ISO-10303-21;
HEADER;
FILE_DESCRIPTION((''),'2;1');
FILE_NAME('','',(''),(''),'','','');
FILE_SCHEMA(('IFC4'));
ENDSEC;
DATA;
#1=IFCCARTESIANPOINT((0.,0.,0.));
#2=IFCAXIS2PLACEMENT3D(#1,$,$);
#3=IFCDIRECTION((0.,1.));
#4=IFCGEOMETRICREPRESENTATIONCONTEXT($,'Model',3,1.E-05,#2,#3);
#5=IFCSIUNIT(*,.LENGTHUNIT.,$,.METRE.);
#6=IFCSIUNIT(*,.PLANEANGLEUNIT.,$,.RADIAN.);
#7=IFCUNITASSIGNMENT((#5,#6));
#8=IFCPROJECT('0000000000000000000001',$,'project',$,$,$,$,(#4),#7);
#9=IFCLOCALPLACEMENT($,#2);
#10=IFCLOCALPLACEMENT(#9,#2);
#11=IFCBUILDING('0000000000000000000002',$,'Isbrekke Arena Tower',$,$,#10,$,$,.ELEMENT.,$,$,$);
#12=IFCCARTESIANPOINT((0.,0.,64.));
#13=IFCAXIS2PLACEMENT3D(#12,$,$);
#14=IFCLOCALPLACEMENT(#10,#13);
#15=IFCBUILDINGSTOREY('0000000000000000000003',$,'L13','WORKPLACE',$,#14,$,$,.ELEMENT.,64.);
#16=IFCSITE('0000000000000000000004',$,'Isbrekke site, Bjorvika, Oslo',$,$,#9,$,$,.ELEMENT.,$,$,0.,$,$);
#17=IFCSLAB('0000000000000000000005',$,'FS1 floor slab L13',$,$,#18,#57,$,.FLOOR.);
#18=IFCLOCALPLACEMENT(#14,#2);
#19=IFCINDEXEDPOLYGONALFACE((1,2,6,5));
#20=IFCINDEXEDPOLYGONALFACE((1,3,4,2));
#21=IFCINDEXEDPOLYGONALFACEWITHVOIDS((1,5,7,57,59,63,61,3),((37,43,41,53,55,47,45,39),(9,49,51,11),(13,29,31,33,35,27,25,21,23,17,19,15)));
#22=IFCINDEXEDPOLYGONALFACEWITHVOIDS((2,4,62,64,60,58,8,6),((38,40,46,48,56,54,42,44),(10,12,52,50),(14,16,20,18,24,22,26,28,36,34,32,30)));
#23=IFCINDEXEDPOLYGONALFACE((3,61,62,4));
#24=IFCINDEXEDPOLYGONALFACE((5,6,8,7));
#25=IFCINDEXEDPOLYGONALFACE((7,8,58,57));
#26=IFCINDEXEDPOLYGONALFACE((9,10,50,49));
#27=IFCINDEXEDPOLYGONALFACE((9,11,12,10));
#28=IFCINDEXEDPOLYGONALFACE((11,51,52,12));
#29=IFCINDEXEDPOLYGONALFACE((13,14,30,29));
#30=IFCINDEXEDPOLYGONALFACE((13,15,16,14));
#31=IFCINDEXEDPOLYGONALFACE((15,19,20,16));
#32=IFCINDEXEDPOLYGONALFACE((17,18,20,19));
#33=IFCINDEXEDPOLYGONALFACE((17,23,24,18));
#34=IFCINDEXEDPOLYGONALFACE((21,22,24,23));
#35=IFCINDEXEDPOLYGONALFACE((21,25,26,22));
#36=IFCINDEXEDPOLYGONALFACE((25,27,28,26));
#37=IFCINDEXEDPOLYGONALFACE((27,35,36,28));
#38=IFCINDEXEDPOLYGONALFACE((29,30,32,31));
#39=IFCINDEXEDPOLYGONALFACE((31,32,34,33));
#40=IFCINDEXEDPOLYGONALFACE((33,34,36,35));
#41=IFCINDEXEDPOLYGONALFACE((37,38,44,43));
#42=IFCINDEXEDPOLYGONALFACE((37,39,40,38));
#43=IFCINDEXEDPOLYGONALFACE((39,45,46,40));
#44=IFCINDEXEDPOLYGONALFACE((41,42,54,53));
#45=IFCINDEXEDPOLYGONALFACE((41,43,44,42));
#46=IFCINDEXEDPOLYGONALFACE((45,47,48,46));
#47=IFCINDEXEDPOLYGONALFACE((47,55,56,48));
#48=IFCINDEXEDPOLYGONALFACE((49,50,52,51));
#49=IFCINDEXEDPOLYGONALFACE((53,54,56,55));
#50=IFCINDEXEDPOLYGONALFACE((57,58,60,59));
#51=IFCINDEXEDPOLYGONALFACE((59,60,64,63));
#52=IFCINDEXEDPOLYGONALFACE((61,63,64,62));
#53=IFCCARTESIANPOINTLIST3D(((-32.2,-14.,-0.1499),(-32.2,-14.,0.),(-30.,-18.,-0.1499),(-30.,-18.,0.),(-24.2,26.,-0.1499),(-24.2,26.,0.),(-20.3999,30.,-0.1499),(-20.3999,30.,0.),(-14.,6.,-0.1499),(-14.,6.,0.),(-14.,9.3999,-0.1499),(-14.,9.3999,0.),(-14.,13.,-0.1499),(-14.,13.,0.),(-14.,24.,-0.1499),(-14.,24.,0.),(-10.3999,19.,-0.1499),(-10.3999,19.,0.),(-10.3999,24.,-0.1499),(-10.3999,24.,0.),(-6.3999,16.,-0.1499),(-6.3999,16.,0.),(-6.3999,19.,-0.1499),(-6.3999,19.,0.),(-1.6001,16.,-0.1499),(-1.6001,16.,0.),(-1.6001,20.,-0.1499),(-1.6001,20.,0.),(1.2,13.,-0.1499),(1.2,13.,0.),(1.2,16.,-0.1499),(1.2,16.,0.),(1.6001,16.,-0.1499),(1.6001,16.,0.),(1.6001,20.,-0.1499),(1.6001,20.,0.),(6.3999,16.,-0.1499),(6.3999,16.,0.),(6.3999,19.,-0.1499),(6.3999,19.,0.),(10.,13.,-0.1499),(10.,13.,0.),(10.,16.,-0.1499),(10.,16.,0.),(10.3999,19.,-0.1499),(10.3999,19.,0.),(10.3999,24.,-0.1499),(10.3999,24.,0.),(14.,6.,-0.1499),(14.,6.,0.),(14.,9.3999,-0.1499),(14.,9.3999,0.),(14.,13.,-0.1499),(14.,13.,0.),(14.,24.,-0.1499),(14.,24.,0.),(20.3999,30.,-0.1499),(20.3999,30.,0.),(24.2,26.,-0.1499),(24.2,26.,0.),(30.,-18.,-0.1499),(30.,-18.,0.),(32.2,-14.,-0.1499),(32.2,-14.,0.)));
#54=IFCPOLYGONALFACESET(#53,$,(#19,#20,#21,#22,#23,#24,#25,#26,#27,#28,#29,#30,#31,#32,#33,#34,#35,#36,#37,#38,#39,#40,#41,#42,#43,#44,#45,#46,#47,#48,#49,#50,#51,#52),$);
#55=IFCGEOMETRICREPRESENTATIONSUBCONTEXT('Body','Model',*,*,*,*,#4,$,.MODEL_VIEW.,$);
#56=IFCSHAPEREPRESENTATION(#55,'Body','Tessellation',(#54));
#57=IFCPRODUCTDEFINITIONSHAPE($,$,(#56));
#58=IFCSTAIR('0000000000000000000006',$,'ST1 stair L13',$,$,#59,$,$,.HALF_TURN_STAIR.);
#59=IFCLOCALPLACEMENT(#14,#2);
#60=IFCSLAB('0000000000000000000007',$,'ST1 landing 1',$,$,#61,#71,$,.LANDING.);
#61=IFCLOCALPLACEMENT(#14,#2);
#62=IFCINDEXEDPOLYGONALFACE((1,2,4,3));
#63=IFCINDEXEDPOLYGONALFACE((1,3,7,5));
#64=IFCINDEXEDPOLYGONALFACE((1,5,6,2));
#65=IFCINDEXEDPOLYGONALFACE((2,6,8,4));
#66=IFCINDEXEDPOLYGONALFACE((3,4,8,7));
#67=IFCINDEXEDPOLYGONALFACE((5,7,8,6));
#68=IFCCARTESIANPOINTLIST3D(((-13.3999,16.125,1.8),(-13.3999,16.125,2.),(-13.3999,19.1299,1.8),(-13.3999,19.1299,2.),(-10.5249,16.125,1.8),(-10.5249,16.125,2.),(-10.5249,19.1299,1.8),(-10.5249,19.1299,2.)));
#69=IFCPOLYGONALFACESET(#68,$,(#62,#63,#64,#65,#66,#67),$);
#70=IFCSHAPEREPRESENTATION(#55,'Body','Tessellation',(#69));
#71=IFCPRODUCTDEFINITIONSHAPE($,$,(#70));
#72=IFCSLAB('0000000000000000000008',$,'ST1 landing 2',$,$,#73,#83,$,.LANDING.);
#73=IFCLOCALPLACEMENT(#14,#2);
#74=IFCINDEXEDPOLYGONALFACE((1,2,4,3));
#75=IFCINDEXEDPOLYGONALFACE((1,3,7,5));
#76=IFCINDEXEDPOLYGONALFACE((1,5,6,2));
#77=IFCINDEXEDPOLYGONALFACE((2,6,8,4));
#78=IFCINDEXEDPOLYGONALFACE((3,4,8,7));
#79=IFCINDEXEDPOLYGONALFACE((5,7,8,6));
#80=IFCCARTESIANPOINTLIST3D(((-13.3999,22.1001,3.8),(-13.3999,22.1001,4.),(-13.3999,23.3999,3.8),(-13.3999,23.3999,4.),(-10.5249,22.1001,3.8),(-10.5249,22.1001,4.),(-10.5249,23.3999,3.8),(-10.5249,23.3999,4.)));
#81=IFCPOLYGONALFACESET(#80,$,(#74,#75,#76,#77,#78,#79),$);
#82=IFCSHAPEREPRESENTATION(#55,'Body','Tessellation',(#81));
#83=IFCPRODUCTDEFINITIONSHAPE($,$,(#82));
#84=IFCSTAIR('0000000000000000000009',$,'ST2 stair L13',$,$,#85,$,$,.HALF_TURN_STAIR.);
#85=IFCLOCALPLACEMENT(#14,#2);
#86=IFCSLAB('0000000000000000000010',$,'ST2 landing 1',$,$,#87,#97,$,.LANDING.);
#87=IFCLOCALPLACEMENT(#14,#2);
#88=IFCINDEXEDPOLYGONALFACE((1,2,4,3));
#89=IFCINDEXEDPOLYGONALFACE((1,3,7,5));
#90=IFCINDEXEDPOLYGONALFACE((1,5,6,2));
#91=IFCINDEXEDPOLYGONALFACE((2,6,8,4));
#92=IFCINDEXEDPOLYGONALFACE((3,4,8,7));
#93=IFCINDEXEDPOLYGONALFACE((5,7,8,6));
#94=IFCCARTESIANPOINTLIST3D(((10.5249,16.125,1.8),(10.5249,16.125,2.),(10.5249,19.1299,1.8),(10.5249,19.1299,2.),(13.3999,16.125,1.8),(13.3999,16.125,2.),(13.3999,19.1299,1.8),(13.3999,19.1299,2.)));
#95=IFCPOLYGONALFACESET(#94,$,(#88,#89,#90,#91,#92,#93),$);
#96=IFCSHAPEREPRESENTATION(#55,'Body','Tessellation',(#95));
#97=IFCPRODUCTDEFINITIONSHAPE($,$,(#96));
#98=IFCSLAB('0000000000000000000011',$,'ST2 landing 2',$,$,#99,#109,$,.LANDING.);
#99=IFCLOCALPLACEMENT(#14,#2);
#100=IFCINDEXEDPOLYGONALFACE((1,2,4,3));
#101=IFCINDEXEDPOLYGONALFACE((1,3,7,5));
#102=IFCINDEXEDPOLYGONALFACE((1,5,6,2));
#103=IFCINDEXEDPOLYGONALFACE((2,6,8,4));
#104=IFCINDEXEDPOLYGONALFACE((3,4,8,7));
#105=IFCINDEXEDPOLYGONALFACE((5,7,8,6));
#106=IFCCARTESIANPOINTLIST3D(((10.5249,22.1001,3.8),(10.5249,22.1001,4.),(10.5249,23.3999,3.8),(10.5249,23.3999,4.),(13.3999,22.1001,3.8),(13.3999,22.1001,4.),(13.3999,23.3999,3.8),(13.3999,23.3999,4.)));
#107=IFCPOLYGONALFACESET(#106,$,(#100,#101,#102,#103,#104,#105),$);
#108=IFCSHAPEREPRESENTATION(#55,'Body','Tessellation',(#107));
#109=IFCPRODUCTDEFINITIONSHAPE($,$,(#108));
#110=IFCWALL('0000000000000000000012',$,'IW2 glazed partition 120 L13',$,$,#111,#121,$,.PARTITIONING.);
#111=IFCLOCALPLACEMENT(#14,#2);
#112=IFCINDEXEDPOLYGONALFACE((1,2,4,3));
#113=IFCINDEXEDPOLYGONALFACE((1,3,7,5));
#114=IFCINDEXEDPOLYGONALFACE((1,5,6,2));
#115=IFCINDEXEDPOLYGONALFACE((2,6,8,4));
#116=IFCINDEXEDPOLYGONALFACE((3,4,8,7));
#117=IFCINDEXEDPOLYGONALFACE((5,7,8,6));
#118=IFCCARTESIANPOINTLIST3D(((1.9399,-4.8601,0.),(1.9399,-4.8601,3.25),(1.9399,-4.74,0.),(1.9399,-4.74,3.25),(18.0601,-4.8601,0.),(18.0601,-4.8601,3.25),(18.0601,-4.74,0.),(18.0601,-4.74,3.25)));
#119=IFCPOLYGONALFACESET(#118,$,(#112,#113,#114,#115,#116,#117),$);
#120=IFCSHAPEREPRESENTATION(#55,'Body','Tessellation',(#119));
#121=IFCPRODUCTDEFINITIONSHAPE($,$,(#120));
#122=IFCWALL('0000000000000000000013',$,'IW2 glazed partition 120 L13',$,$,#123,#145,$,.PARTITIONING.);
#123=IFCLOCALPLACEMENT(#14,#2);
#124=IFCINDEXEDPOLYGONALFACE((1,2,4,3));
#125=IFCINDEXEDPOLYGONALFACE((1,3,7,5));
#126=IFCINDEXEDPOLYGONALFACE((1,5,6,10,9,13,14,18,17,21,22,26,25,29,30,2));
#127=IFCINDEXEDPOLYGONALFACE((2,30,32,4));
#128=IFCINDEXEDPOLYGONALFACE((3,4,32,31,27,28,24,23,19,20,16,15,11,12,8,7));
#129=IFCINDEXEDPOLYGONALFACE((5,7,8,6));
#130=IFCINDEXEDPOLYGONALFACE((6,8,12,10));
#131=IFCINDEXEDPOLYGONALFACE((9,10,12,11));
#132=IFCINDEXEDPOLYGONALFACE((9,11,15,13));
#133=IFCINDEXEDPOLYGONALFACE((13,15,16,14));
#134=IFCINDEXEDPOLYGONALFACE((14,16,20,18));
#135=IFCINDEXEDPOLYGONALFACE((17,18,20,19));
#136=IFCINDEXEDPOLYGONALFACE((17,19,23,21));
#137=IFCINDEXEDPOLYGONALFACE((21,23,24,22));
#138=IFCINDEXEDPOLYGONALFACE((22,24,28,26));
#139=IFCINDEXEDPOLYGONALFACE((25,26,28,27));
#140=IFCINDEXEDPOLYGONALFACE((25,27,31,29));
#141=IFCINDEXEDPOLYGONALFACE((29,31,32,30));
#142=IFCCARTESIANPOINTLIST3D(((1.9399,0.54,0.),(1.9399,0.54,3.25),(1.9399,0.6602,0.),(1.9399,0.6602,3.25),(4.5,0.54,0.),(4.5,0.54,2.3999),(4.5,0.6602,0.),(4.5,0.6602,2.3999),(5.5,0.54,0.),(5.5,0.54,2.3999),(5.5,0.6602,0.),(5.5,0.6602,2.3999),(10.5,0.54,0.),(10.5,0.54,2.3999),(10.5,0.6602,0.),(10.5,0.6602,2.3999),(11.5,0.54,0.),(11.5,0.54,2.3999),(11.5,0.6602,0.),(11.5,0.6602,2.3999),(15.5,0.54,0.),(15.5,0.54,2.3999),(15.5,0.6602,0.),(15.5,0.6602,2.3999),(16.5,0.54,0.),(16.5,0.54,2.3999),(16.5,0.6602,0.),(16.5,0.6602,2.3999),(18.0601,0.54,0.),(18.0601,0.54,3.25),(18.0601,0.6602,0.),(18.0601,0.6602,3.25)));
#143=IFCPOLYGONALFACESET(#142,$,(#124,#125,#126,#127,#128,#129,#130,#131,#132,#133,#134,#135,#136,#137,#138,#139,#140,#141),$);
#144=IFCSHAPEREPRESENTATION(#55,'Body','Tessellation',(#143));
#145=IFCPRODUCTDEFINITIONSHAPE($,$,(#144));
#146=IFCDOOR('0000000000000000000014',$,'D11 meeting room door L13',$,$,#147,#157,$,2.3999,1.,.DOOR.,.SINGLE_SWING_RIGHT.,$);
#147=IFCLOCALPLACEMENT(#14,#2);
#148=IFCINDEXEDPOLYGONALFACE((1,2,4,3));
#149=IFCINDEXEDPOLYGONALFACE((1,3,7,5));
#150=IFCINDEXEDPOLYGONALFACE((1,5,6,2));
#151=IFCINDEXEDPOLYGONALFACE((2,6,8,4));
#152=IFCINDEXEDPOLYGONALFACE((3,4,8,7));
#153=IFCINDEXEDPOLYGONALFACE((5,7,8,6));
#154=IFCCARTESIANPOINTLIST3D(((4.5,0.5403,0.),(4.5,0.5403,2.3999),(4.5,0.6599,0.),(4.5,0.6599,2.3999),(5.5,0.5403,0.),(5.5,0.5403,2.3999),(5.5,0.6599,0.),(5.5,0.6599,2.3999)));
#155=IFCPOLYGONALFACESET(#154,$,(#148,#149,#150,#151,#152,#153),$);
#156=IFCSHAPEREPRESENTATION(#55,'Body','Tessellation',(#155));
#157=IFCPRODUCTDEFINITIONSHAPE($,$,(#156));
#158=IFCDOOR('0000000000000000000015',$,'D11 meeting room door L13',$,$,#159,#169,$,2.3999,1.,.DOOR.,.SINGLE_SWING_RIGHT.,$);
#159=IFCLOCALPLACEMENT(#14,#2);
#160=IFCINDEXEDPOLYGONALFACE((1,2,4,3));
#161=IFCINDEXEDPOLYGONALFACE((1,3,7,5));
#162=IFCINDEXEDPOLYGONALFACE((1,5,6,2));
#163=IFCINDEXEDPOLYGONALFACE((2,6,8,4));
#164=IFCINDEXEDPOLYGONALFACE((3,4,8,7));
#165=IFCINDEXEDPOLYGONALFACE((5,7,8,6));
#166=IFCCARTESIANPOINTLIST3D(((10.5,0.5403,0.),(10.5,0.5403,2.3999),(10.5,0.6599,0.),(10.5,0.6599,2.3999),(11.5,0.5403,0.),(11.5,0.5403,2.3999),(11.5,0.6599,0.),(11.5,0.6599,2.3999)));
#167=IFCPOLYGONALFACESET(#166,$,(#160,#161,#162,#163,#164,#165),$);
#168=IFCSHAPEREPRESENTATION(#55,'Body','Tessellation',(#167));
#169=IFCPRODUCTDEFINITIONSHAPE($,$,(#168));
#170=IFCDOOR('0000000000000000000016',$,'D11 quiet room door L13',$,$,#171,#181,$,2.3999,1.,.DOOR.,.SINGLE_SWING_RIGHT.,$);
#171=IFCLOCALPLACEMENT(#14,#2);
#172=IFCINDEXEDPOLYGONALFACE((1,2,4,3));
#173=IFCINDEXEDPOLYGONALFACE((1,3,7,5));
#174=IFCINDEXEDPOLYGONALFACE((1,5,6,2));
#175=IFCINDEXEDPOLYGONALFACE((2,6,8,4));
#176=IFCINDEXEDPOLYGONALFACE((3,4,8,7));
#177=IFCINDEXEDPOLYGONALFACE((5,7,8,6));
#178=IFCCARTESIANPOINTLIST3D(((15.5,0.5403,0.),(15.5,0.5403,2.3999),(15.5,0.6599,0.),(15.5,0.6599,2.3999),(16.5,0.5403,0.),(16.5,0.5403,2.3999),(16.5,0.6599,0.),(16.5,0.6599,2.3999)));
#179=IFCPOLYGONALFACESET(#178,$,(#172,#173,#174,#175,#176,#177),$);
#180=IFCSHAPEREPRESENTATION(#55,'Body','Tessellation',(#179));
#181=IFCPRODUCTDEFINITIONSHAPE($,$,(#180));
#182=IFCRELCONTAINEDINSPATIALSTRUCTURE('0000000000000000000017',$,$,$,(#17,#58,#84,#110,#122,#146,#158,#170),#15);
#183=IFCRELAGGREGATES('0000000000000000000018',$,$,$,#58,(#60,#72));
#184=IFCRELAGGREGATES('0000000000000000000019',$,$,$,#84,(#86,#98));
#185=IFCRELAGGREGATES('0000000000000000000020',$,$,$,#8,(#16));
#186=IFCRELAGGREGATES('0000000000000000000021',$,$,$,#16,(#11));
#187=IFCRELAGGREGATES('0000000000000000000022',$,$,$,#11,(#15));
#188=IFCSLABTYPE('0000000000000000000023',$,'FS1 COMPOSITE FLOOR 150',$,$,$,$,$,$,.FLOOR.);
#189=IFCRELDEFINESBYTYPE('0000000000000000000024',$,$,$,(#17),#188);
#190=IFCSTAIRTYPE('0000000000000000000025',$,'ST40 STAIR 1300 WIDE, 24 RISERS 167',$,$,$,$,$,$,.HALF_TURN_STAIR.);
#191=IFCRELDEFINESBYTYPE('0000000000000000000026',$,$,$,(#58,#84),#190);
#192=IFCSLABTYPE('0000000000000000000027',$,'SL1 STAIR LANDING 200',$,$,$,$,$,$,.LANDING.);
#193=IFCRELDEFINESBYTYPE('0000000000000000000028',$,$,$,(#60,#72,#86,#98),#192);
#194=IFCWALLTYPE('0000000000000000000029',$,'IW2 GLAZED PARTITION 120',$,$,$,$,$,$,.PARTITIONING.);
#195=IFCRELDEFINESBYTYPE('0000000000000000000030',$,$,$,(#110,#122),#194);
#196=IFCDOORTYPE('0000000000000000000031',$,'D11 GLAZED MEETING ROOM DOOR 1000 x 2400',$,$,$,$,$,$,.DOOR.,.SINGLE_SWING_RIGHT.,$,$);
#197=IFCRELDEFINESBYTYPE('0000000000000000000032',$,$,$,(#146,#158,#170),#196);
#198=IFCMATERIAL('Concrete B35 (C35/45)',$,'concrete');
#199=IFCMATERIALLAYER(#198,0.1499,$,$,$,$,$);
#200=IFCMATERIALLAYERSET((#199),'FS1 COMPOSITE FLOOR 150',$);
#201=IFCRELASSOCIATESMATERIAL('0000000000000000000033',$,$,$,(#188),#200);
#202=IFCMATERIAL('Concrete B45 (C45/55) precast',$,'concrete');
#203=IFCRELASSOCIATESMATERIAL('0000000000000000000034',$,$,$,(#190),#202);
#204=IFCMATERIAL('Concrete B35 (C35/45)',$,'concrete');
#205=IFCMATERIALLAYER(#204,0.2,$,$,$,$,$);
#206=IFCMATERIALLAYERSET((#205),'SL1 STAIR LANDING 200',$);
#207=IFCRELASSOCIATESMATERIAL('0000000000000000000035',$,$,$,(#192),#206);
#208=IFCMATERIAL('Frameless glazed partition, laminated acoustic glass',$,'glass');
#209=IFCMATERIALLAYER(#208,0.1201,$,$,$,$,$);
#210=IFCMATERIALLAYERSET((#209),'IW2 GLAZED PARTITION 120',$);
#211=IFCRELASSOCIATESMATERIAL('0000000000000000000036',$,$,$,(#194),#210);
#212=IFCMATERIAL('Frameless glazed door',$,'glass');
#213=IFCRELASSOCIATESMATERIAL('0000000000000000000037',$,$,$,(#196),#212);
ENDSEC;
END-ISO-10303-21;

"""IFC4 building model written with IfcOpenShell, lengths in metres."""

from ifc_helpers import new_model, si_unit, direction, frame, frame_2d, origin, place, context, subcontext, project, spatial, polyline, rectangle, outline, extrude, material, layer, layer_set, type_object, element, fill, aggregate, save


model = new_model("IFC4")

# Units and contexts
model_context = context("Model", 3, precision=1e-05, world=origin(), true_north=direction((0.0, 1.0)))
body_context = subcontext(model_context, "Body", "Model", "MODEL_VIEW")
ifc_project = project(units=[si_unit("LENGTHUNIT", "METRE"), si_unit("PLANEANGLEUNIT", "RADIAN")], contexts=[model_context])

# Site, building, storey
site_placement = place(None, origin())
site = spatial("IfcSite", under=ifc_project, at=site_placement, Name="Isbrekke site, Bjorvika, Oslo", CompositionType="ELEMENT", RefElevation=0.0)
building_placement = place(site_placement, origin())
building = spatial("IfcBuilding", under=site, at=building_placement, Name="Isbrekke Arena Tower", CompositionType="ELEMENT")
storey_placement = place(building_placement, frame((0.0, 0.0, 64.0)))
storey = spatial("IfcBuildingStorey", under=building, at=storey_placement, Name="L13", Description="WORKPLACE", CompositionType="ELEMENT", Elevation=64.0)

# Slab
ifc_material_1 = material(Name="Concrete B35 (C35/45)", Category="concrete")
ifc_layer_1 = layer(ifc_material_1, 0.1499)
ifc_layer_set_1 = layer_set([ifc_layer_1], Name="FS1 COMPOSITE FLOOR 150")
slab_type_1 = type_object("IfcSlabType", Name="FS1 COMPOSITE FLOOR 150", PredefinedType="FLOOR", material=ifc_layer_set_1)
slab_1_placement = place(storey_placement, frame((0.0, 0.0, -0.1499)))
element("IfcSlab", 1, at=slab_1_placement, inside=storey, type_object=slab_type_1, Name="FS1 floor slab L13", PredefinedType="FLOOR", context=body_context, shape_type="SweptSolid", body=[
    extrude(outline(polyline([(-30.0, -18.0), (30.0, -18.0), (32.2, -14.0), (24.2, 26.0), (20.3999, 30.0), (-20.3999, 30.0), (-24.2, 26.0), (-32.2, -14.0), (-30.0, -18.0)]), holes=[polyline([(14.0, 9.3999), (14.0, 6.0), (-14.0, 6.0), (-14.0, 9.3999), (14.0, 9.3999)]), polyline([(-6.3999, 19.0), (-6.3999, 16.0), (-1.6001, 16.0), (-1.6001, 20.0), (1.6001, 20.0), (1.6001, 16.0), (1.2, 16.0), (1.2, 13.0), (-14.0, 13.0), (-14.0, 24.0), (-10.3999, 24.0), (-10.3999, 19.0), (-6.3999, 19.0)]), polyline([(10.0, 13.0), (10.0, 16.0), (6.3999, 16.0), (6.3999, 19.0), (10.3999, 19.0), (10.3999, 24.0), (14.0, 24.0), (14.0, 13.0), (10.0, 13.0)])]), origin(), (0.0, 0.0, 1.0), 0.1499),
])

# Stairs, slabs
ifc_material_2 = material(Name="Concrete B45 (C45/55) precast", Category="concrete")
stair_type = type_object("IfcStairType", Name="ST40 STAIR 1300 WIDE, 24 RISERS 167", PredefinedType="HALF_TURN_STAIR", material=ifc_material_2)
stair_1_placement = place(storey_placement, origin())
stair_1 = element("IfcStair", 2, at=stair_1_placement, inside=storey, type_object=stair_type, Name="ST1 stair L13", PredefinedType="HALF_TURN_STAIR")
ifc_material_3 = material(Name="Concrete B35 (C35/45)", Category="concrete")
ifc_layer_2 = layer(ifc_material_3, 0.2)
ifc_layer_set_2 = layer_set([ifc_layer_2], Name="SL1 STAIR LANDING 200")
slab_type_2 = type_object("IfcSlabType", Name="SL1 STAIR LANDING 200", PredefinedType="LANDING", material=ifc_layer_set_2)
slab_2_placement = place(storey_placement, frame((0.0, 0.0, 1.8)))
slab_2 = element("IfcSlab", 3, at=slab_2_placement, type_object=slab_type_2, Name="ST1 landing 1", PredefinedType="LANDING", context=body_context, shape_type="SweptSolid", body=[
    extrude(outline(polyline([(-13.3999, 16.125), (-10.5249, 16.125), (-10.5249, 19.1299), (-13.3999, 19.1299), (-13.3999, 16.125)])), origin(), (0.0, 0.0, 1.0), 0.2),
])
slab_3_placement = place(storey_placement, frame((0.0, 0.0, 3.8)))
slab_3 = element("IfcSlab", 4, at=slab_3_placement, type_object=slab_type_2, Name="ST1 landing 2", PredefinedType="LANDING", context=body_context, shape_type="SweptSolid", body=[
    extrude(outline(polyline([(-13.3999, 22.1001), (-10.5249, 22.1001), (-10.5249, 23.3999), (-13.3999, 23.3999), (-13.3999, 22.1001)])), origin(), (0.0, 0.0, 1.0), 0.2),
])
aggregate(stair_1, [slab_2, slab_3])
stair_2_placement = place(storey_placement, origin())
stair_2 = element("IfcStair", 5, at=stair_2_placement, inside=storey, type_object=stair_type, Name="ST2 stair L13", PredefinedType="HALF_TURN_STAIR")
slab_4_placement = place(storey_placement, frame((0.0, 0.0, 1.8)))
slab_4 = element("IfcSlab", 6, at=slab_4_placement, type_object=slab_type_2, Name="ST2 landing 1", PredefinedType="LANDING", context=body_context, shape_type="SweptSolid", body=[
    extrude(outline(polyline([(10.5249, 16.125), (13.3999, 16.125), (13.3999, 19.1299), (10.5249, 19.1299), (10.5249, 16.125)])), origin(), (0.0, 0.0, 1.0), 0.2),
])
slab_5_placement = place(storey_placement, frame((0.0, 0.0, 3.8)))
slab_5 = element("IfcSlab", 7, at=slab_5_placement, type_object=slab_type_2, Name="ST2 landing 2", PredefinedType="LANDING", context=body_context, shape_type="SweptSolid", body=[
    extrude(outline(polyline([(10.5249, 22.1001), (13.3999, 22.1001), (13.3999, 23.3999), (10.5249, 23.3999), (10.5249, 22.1001)])), origin(), (0.0, 0.0, 1.0), 0.2),
])
aggregate(stair_2, [slab_4, slab_5])

# Wall
ifc_material_4 = material(Name="Frameless glazed partition, laminated acoustic glass", Category="glass")
ifc_layer_3 = layer(ifc_material_4, 0.1201)
ifc_layer_set_3 = layer_set([ifc_layer_3], Name="IW2 GLAZED PARTITION 120")
wall_type_1 = type_object("IfcWallType", Name="IW2 GLAZED PARTITION 120", PredefinedType="PARTITIONING", material=ifc_layer_set_3)
wall_1_placement = place(storey_placement, frame((1.9399, -4.8, 0.0), z_axis=(0.0, 0.0, 1.0), x_axis=(1.0, 0.0, 0.0)))
element("IfcWall", 8, at=wall_1_placement, inside=storey, type_object=wall_type_1, Name="IW2 glazed partition 120 L13", PredefinedType="PARTITIONING", context=body_context, shape_type="SweptSolid", body=[
    extrude(rectangle(XDim=16.1201, YDim=0.1201, at=frame_2d((8.0601, 0.0))), origin(), (0.0, 0.0, 1.0), 3.25),
])

# Wall, openings, doors
wall_2_placement = place(storey_placement, frame((1.9399, 0.6001, 0.0), z_axis=(0.0, 0.0, 1.0), x_axis=(1.0, 0.0, 0.0)))
wall_2 = element("IfcWall", 9, at=wall_2_placement, inside=storey, type_object=wall_type_1, Name="IW2 glazed partition 120 L13", PredefinedType="PARTITIONING", context=body_context, shape_type="SweptSolid", body=[
    extrude(rectangle(XDim=16.1201, YDim=0.1201, at=frame_2d((8.0601, 0.0))), origin(), (0.0, 0.0, 1.0), 3.25),
])
opening_1_placement = place(wall_2_placement, frame((2.5601, 0.0, 0.0)))
opening_1 = element("IfcOpeningElement", 10, at=opening_1_placement, cuts=wall_2, PredefinedType="OPENING", context=body_context, shape_type="SweptSolid", body=[
    extrude(rectangle(XDim=1.0, YDim=2.3999, at=frame_2d((0.5, 1.2))), frame((0.0, 0.075, 0.0), z_axis=(0.0, -1.0, 0.0), x_axis=(1.0, 0.0, 0.0)), (0.0, 0.0, 1.0), 0.1499),
])
opening_2_placement = place(wall_2_placement, frame((8.5601, 0.0, 0.0)))
opening_2 = element("IfcOpeningElement", 11, at=opening_2_placement, cuts=wall_2, PredefinedType="OPENING", context=body_context, shape_type="SweptSolid", body=[
    extrude(rectangle(XDim=1.0, YDim=2.3999, at=frame_2d((0.5, 1.2))), frame((0.0, 0.075, 0.0), z_axis=(0.0, -1.0, 0.0), x_axis=(1.0, 0.0, 0.0)), (0.0, 0.0, 1.0), 0.1499),
])
opening_3_placement = place(wall_2_placement, frame((13.5601, 0.0, 0.0)))
opening_3 = element("IfcOpeningElement", 12, at=opening_3_placement, cuts=wall_2, PredefinedType="OPENING", context=body_context, shape_type="SweptSolid", body=[
    extrude(rectangle(XDim=1.0, YDim=2.3999, at=frame_2d((0.5, 1.2))), frame((0.0, 0.075, 0.0), z_axis=(0.0, -1.0, 0.0), x_axis=(1.0, 0.0, 0.0)), (0.0, 0.0, 1.0), 0.1499),
])
ifc_material_5 = material(Name="Frameless glazed door", Category="glass")
door_type = type_object("IfcDoorType", Name="D11 GLAZED MEETING ROOM DOOR 1000 x 2400", OperationType="SINGLE_SWING_RIGHT", PredefinedType="DOOR", material=ifc_material_5)
door_1_placement = place(opening_1_placement, origin())
door_1 = element("IfcDoor", 13, at=door_1_placement, inside=storey, type_object=door_type, Name="D11 meeting room door L13", OperationType="SINGLE_SWING_RIGHT", OverallHeight=2.3999, OverallWidth=1.0, PredefinedType="DOOR", context=body_context, shape_type="SweptSolid", body=[
    extrude(rectangle(XDim=1.0, YDim=2.3999, at=frame_2d((0.5, 1.2))), frame((0.0, 0.0598, 0.0), z_axis=(0.0, -1.0, 0.0), x_axis=(1.0, 0.0, 0.0)), (0.0, 0.0, 1.0), 0.1196),
])
fill(opening_1, door_1)
door_2_placement = place(opening_2_placement, origin())
door_2 = element("IfcDoor", 14, at=door_2_placement, inside=storey, type_object=door_type, Name="D11 meeting room door L13", OperationType="SINGLE_SWING_RIGHT", OverallHeight=2.3999, OverallWidth=1.0, PredefinedType="DOOR", context=body_context, shape_type="SweptSolid", body=[
    extrude(rectangle(XDim=1.0, YDim=2.3999, at=frame_2d((0.5, 1.2))), frame((0.0, 0.0598, 0.0), z_axis=(0.0, -1.0, 0.0), x_axis=(1.0, 0.0, 0.0)), (0.0, 0.0, 1.0), 0.1196),
])
fill(opening_2, door_2)
door_3_placement = place(opening_3_placement, origin())
door_3 = element("IfcDoor", 15, at=door_3_placement, inside=storey, type_object=door_type, Name="D11 quiet room door L13", OperationType="SINGLE_SWING_RIGHT", OverallHeight=2.3999, OverallWidth=1.0, PredefinedType="DOOR", context=body_context, shape_type="SweptSolid", body=[
    extrude(rectangle(XDim=1.0, YDim=2.3999, at=frame_2d((0.5, 1.2))), frame((0.0, 0.0598, 0.0), z_axis=(0.0, -1.0, 0.0), x_axis=(1.0, 0.0, 0.0)), (0.0, 0.0, 1.0), 0.1196),
])
fill(opening_3, door_3)

save(model, "model.ifc")
